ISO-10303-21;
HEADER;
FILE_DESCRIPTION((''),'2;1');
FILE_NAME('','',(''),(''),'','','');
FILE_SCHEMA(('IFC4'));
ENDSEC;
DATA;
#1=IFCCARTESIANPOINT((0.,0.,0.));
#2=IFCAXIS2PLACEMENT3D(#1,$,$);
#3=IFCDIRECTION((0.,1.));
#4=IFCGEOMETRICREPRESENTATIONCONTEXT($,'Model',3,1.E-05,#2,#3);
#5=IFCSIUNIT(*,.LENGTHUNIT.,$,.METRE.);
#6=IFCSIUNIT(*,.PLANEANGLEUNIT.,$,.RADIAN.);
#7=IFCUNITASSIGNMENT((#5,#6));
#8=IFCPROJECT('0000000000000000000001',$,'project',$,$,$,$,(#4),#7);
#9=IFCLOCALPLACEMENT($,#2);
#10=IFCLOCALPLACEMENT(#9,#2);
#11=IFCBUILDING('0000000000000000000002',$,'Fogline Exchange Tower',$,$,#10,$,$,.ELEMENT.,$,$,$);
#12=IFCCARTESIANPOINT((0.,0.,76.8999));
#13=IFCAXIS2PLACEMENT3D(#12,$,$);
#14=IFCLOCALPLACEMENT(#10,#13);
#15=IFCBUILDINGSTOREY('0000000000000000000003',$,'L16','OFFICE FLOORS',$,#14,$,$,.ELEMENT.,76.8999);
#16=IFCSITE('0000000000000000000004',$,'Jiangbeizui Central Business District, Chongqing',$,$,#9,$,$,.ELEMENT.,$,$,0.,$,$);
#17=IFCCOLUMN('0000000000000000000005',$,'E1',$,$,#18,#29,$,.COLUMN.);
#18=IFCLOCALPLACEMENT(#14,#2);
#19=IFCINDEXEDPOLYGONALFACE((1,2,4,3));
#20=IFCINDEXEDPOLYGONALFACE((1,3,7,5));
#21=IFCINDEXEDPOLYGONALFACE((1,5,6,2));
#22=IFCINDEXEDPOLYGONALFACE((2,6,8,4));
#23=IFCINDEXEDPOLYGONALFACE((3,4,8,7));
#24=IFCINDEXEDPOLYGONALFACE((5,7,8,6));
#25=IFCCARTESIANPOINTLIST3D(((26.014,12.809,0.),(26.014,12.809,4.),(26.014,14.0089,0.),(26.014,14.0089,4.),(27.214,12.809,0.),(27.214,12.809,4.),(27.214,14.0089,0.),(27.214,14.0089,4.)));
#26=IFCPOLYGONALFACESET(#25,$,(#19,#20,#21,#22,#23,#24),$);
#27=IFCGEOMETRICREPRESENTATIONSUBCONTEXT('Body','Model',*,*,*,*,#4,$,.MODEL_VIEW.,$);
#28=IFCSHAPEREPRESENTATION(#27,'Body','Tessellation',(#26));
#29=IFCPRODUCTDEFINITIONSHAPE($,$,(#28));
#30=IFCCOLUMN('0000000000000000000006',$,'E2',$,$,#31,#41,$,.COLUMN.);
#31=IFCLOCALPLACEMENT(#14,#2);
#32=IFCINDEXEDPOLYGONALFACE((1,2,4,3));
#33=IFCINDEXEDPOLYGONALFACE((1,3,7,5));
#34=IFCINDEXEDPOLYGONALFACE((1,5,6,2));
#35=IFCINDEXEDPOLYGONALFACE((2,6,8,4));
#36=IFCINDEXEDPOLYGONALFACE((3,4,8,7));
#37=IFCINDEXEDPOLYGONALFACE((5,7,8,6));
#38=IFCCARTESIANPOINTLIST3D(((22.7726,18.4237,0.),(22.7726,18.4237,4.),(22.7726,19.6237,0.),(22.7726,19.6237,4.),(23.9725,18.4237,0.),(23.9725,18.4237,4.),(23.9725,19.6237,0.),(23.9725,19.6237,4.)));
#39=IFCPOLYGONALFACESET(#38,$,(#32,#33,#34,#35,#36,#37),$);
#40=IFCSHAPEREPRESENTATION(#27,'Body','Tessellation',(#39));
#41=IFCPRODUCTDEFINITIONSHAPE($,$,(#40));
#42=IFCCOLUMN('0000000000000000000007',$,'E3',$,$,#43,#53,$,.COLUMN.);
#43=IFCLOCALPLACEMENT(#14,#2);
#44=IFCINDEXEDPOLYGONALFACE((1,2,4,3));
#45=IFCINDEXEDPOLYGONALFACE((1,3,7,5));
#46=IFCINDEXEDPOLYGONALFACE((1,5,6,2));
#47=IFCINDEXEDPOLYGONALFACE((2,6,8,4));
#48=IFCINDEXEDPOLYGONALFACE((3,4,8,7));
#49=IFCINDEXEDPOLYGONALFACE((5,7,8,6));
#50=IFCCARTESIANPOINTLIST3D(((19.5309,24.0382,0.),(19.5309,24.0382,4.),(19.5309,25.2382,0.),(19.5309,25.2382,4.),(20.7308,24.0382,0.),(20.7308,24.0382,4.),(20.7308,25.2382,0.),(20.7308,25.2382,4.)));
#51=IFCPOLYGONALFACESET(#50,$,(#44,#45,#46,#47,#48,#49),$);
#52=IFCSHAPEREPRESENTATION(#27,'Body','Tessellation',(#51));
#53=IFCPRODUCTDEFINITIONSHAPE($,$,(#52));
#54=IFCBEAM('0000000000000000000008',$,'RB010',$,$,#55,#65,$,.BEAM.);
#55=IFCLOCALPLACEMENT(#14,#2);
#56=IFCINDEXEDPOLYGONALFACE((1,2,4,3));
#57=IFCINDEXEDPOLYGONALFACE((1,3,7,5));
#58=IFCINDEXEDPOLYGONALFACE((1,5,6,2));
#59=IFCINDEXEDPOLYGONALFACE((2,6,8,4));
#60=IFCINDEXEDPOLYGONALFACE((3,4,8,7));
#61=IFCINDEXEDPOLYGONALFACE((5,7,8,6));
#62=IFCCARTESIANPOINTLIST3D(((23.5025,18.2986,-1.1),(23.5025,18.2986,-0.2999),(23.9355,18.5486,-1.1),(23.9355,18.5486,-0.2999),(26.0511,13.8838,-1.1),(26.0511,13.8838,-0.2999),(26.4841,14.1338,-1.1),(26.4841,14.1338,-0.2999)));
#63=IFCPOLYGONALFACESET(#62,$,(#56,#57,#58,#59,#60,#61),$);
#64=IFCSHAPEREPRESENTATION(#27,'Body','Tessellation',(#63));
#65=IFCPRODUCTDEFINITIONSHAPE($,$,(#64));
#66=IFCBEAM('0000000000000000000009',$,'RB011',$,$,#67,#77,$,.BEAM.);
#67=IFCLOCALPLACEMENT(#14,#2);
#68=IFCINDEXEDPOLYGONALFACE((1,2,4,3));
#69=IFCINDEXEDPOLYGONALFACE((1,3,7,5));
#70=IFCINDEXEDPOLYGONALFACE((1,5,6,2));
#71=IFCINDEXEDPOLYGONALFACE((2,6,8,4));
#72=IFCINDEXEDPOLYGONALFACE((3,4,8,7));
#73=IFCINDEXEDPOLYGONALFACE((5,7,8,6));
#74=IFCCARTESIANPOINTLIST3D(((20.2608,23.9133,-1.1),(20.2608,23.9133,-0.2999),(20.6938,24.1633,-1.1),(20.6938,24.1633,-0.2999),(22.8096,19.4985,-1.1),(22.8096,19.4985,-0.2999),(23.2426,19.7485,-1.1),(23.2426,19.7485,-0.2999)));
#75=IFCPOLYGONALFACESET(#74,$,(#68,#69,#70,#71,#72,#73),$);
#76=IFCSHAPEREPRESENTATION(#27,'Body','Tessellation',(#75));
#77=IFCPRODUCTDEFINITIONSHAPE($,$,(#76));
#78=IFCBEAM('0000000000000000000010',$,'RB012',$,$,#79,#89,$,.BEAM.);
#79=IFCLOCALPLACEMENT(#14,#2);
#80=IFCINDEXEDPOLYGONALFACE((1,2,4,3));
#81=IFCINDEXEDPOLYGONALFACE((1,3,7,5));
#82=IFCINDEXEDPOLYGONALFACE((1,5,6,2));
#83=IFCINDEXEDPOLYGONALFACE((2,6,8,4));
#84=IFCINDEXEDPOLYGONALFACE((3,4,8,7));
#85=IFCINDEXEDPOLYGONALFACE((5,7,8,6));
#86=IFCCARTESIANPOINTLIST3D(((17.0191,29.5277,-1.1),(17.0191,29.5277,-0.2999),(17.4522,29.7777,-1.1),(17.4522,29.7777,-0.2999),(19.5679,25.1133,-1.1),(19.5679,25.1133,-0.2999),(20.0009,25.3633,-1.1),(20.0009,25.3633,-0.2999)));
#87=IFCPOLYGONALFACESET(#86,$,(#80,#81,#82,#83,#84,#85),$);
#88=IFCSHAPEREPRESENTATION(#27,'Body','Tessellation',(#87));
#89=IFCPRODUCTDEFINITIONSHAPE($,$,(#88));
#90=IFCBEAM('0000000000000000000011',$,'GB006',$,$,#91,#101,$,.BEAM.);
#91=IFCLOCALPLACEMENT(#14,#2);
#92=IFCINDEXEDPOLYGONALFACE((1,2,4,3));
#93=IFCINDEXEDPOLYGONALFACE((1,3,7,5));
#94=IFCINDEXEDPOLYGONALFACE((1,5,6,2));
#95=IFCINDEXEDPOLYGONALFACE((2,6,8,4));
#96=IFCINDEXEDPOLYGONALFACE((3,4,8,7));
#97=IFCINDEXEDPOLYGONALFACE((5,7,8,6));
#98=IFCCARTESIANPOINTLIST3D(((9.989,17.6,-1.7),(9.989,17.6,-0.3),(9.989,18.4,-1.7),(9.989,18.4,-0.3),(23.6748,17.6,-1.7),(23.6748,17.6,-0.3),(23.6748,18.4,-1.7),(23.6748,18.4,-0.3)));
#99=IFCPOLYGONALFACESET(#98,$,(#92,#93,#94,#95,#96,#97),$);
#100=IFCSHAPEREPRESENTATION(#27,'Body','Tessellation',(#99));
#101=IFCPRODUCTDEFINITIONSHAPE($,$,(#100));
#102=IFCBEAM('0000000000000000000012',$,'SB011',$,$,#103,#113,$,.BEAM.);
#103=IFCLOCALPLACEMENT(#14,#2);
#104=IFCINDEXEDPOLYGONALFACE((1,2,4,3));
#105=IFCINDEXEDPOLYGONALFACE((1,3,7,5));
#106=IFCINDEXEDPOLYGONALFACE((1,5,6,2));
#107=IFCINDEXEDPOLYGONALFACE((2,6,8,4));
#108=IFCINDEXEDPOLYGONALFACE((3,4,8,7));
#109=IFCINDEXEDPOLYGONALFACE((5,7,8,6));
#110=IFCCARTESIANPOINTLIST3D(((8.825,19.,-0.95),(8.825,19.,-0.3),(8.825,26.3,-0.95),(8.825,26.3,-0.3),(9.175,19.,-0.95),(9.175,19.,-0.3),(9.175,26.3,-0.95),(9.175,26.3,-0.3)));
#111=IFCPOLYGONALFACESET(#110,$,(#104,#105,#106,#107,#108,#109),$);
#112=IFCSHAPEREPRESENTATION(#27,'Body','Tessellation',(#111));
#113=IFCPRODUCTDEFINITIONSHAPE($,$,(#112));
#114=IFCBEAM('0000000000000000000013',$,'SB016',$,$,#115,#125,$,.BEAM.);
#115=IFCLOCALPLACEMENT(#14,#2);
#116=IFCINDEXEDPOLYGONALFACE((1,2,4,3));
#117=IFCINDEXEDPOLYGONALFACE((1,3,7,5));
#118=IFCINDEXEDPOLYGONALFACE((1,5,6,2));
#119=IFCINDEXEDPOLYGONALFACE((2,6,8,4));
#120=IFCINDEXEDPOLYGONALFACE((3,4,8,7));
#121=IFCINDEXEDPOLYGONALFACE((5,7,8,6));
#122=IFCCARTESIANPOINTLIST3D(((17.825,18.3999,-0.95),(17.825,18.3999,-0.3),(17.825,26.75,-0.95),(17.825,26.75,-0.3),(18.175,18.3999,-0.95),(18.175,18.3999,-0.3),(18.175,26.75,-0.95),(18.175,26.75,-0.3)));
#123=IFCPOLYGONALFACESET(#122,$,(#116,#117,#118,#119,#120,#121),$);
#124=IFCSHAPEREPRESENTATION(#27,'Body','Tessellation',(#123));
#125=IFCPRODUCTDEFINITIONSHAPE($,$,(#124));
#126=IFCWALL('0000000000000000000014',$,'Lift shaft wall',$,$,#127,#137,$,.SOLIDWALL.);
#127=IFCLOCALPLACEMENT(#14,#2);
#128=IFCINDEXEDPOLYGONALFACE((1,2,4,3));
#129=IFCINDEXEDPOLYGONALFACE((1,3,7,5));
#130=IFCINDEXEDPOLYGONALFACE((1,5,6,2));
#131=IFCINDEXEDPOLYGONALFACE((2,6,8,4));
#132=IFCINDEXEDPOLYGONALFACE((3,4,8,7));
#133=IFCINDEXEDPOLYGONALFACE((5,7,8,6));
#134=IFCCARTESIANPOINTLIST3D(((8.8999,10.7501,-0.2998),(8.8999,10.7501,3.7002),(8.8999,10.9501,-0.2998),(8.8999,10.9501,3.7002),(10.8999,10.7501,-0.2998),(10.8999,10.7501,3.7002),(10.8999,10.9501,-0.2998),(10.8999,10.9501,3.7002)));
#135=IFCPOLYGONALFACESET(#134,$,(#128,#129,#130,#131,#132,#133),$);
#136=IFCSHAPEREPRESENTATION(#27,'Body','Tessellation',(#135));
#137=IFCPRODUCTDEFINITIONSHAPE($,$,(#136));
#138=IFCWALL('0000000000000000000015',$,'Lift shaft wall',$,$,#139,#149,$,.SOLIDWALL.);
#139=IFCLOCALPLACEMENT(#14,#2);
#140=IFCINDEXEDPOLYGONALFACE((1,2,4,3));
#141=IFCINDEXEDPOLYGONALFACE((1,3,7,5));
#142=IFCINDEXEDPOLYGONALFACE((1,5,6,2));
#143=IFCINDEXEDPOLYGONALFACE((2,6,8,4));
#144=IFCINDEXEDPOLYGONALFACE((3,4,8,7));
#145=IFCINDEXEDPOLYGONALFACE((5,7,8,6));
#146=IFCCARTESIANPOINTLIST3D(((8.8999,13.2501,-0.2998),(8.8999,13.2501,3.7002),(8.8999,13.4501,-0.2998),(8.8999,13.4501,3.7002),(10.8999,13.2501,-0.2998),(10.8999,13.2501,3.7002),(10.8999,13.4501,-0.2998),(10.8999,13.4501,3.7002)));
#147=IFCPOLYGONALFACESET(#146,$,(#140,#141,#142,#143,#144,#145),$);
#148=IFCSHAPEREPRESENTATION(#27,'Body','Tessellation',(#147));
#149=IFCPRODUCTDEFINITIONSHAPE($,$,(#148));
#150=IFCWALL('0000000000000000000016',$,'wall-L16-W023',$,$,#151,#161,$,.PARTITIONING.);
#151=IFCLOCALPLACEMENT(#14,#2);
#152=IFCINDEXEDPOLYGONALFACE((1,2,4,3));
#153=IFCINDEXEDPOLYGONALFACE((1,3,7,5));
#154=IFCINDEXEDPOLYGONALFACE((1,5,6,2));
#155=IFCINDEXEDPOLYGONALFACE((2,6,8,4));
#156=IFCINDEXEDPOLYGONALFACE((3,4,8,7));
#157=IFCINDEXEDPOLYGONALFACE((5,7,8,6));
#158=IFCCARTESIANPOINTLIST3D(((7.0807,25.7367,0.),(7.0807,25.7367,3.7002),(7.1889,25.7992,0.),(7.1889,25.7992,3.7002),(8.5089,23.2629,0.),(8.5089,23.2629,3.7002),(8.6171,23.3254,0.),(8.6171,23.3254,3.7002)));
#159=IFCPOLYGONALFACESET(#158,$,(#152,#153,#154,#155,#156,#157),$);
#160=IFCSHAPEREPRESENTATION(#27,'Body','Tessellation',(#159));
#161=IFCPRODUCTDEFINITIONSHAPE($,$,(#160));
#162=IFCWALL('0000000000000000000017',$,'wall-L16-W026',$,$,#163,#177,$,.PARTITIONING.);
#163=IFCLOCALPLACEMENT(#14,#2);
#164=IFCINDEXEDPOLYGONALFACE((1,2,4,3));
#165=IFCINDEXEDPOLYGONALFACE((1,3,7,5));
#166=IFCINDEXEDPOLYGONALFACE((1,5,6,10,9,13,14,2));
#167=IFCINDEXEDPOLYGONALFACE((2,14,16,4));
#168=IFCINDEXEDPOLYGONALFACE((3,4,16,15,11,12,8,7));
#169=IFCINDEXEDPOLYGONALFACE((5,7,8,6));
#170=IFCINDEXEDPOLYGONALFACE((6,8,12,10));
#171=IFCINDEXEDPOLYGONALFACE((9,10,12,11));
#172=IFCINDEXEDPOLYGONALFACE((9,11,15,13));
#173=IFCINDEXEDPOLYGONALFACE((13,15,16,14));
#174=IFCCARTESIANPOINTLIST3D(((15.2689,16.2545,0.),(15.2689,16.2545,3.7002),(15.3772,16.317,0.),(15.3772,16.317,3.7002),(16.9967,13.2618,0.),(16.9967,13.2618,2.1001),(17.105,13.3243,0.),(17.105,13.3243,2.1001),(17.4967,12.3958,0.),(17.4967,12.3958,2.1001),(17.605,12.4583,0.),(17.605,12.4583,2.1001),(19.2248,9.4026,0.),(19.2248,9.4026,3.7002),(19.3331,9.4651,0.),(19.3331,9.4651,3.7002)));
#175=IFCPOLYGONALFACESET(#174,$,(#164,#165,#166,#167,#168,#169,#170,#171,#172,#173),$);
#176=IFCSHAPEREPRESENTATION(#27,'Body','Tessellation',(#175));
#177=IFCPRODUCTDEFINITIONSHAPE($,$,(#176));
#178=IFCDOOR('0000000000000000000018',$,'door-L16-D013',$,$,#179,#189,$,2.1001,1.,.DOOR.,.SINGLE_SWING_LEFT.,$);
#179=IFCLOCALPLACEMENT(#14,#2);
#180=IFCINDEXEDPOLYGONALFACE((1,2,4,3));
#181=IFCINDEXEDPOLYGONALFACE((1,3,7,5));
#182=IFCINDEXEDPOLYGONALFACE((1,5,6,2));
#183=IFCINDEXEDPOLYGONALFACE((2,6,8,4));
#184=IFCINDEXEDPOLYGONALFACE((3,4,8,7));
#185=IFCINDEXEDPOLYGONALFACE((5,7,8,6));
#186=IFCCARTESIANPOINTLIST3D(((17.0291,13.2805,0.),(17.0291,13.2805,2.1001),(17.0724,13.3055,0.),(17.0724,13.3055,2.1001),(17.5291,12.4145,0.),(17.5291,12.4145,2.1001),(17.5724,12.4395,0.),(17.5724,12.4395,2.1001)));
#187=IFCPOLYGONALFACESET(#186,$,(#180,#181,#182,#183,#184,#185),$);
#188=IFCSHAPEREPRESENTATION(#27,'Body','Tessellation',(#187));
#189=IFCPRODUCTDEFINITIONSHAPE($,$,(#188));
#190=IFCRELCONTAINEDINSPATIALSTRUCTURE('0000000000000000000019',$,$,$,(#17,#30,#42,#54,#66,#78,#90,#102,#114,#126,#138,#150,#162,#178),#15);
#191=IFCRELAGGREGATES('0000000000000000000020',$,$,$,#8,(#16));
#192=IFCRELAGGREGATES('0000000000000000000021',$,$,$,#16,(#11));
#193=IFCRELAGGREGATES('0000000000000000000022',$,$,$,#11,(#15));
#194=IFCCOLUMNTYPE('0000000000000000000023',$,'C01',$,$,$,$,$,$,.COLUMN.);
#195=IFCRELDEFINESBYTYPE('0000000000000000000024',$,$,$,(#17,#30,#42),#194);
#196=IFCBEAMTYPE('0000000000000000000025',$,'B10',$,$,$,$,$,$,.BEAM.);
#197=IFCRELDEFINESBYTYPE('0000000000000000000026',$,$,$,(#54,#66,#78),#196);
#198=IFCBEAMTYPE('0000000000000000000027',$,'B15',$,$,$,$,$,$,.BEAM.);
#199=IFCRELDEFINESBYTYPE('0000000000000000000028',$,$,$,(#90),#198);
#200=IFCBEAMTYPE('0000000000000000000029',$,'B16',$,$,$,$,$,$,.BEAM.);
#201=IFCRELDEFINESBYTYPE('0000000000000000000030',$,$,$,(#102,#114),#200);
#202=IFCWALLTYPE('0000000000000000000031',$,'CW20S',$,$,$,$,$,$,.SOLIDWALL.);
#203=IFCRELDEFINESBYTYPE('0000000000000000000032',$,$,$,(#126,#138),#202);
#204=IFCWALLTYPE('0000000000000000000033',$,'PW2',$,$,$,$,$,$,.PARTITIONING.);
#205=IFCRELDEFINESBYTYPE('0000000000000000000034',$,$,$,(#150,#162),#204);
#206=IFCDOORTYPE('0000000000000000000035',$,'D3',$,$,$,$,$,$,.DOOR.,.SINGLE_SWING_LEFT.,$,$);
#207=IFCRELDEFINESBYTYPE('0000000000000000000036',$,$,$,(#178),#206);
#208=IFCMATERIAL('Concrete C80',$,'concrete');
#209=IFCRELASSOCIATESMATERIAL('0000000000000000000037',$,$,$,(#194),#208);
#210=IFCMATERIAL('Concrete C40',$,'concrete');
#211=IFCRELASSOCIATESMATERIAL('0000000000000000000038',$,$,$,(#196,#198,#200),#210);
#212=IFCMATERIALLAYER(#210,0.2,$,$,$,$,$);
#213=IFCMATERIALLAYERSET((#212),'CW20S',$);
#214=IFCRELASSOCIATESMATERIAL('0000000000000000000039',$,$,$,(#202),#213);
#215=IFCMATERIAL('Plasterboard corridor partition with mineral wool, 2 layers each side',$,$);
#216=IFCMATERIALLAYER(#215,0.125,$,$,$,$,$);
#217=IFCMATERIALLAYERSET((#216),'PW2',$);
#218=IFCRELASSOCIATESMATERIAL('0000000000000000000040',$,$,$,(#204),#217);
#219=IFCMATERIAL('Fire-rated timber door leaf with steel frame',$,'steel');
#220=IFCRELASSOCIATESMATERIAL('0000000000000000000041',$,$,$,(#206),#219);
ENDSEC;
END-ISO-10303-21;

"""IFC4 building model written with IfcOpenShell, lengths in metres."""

from ifc_helpers import new_model, si_unit, direction, frame, frame_2d, origin, origin_2d, place, context, subcontext, project, spatial, rectangle, extrude, material, layer, layer_set, material_profile, profile_set, type_object, element, fill, save


model = new_model("IFC4")

# Units and contexts
model_context = context("Model", 3, precision=1e-05, world=origin(), true_north=direction((0.0, 1.0)))
body_context = subcontext(model_context, "Body", "Model", "MODEL_VIEW")
ifc_project = project(units=[si_unit("LENGTHUNIT", "METRE"), si_unit("PLANEANGLEUNIT", "RADIAN")], contexts=[model_context])

# Site, building, storey
site_placement = place(None, origin())
site = spatial("IfcSite", under=ifc_project, at=site_placement, Name="Jiangbeizui Central Business District, Chongqing", CompositionType="ELEMENT", RefElevation=0.0)
building_placement = place(site_placement, origin())
building = spatial("IfcBuilding", under=site, at=building_placement, Name="Fogline Exchange Tower", CompositionType="ELEMENT")
storey_placement = place(building_placement, frame((0.0, 0.0, 76.8999)))
storey = spatial("IfcBuildingStorey", under=building, at=storey_placement, Name="L16", Description="OFFICE FLOORS", CompositionType="ELEMENT", Elevation=76.8999)

# Columns
ifc_material_1 = material(Name="Concrete C80", Category="concrete")
ifc_material_profile_1 = material_profile(ifc_material_1, rectangle(XDim=1.2, YDim=1.2, at=origin_2d()), Name="RC 1200x1200")
ifc_profile_set_1 = profile_set([ifc_material_profile_1], Name="Concrete C80")
column_type = type_object("IfcColumnType", Name="C01", PredefinedType="COLUMN", material=ifc_profile_set_1)
for number, where, z_axis, x_axis, name in (
    (1, (26.614, 13.4089, 0.0), (0.0, 0.0, 1.0), (1.0, 0.0, 0.0), "E1"),
    (2, (23.3726, 19.0237, 0.0), (0.0, 0.0, 1.0), (1.0, 0.0, 0.0), "E2"),
    (3, (20.1309, 24.6382, 0.0), (0.0, 0.0, 1.0), (1.0, 0.0, 0.0), "E3"),
):
    element("IfcColumn", number, at=place(storey_placement, frame(where, z_axis=z_axis, x_axis=x_axis)), inside=storey, type_object=column_type, Name=name, PredefinedType="COLUMN", context=body_context, shape_type="SweptSolid", body=[
        extrude(rectangle(XDim=1.2, YDim=1.2, at=origin_2d()), origin(), (0.0, 0.0, 1.0), 4.0),
    ])

# Beams
ifc_material_2 = material(Name="Concrete C40", Category="concrete")
ifc_material_profile_2 = material_profile(ifc_material_2, rectangle(XDim=0.5, YDim=0.8, at=origin_2d()), Name="RC 500x800")
ifc_profile_set_2 = profile_set([ifc_material_profile_2], Name="Concrete C40")
beam_type_1 = type_object("IfcBeamType", Name="B10", PredefinedType="BEAM", material=ifc_profile_set_2)
for number, where, z_axis, x_axis, name in (
    (4, (26.2676, 14.0088, -0.7), (-0.499956, 0.866051, 0.0), (-0.866051, -0.499956, 0.0), "RB010"),
    (5, (23.0261, 19.6235, -0.7), (-0.499992, 0.86603, 0.0), (-0.86603, -0.499992, 0.0), "RB011"),
):
    element("IfcBeam", number, at=place(storey_placement, frame(where, z_axis=z_axis, x_axis=x_axis)), inside=storey, type_object=beam_type_1, Name=name, PredefinedType="BEAM", context=body_context, shape_type="SweptSolid", body=[
        extrude(rectangle(XDim=0.5, YDim=0.8, at=origin_2d()), origin(), (0.0, 0.0, 1.0), 5.0977),
    ])
beam_1_placement = place(storey_placement, frame((19.7844, 25.2383, -0.7), z_axis=(-0.500013, 0.866018, 0.0), x_axis=(-0.866018, -0.500013, 0.0)))
element("IfcBeam", 6, at=beam_1_placement, inside=storey, type_object=beam_type_1, Name="RB012", PredefinedType="BEAM", context=body_context, shape_type="SweptSolid", body=[
    extrude(rectangle(XDim=0.5, YDim=0.8, at=origin_2d()), origin(), (0.0, 0.0, 1.0), 5.0974),
])
ifc_material_profile_3 = material_profile(ifc_material_2, rectangle(XDim=0.8, YDim=1.3999, at=origin_2d()), Name="RC 800x1400")
ifc_profile_set_3 = profile_set([ifc_material_profile_3], Name="Concrete C40")
beam_type_2 = type_object("IfcBeamType", Name="B15", PredefinedType="BEAM", material=ifc_profile_set_3)
beam_2_placement = place(storey_placement, frame((9.989, 18.0, -1.0), z_axis=(1.0, 0.0, 0.0), x_axis=(0.0, 1.0, 0.0)))
element("IfcBeam", 7, at=beam_2_placement, inside=storey, type_object=beam_type_2, Name="GB006", PredefinedType="BEAM", context=body_context, shape_type="SweptSolid", body=[
    extrude(rectangle(XDim=0.8, YDim=1.3999, at=origin_2d()), origin(), (0.0, 0.0, 1.0), 13.6858),
])
ifc_material_profile_4 = material_profile(ifc_material_2, rectangle(XDim=0.3501, YDim=0.6499, at=origin_2d()), Name="RC 350x650")
ifc_profile_set_4 = profile_set([ifc_material_profile_4], Name="Concrete C40")
beam_type_3 = type_object("IfcBeamType", Name="B16", PredefinedType="BEAM", material=ifc_profile_set_4)
beam_3_placement = place(storey_placement, frame((9.0, 19.0, -0.625), z_axis=(0.0, 1.0, 0.0), x_axis=(-1.0, 0.0, 0.0)))
element("IfcBeam", 8, at=beam_3_placement, inside=storey, type_object=beam_type_3, Name="SB011", PredefinedType="BEAM", context=body_context, shape_type="SweptSolid", body=[
    extrude(rectangle(XDim=0.3501, YDim=0.6499, at=origin_2d()), origin(), (0.0, 0.0, 1.0), 7.3),
])
beam_4_placement = place(storey_placement, frame((18.0, 18.3999, -0.625), z_axis=(0.0, 1.0, 0.0), x_axis=(-1.0, 0.0, 0.0)))
element("IfcBeam", 9, at=beam_4_placement, inside=storey, type_object=beam_type_3, Name="SB016", PredefinedType="BEAM", context=body_context, shape_type="SweptSolid", body=[
    extrude(rectangle(XDim=0.3501, YDim=0.6499, at=origin_2d()), origin(), (0.0, 0.0, 1.0), 8.3501),
])

# Walls
ifc_layer_1 = layer(ifc_material_2, 0.2)
ifc_layer_set_1 = layer_set([ifc_layer_1], Name="CW20S")
wall_type_1 = type_object("IfcWallType", Name="CW20S", PredefinedType="SOLIDWALL", material=ifc_layer_set_1)
for number, where, z_axis, x_axis, name in (
    (10, (8.8999, 10.8501, -0.2998), (0.0, 0.0, 1.0), (1.0, 0.0, 0.0), "Lift shaft wall"),
    (11, (8.8999, 13.3501, -0.2998), (0.0, 0.0, 1.0), (1.0, 0.0, 0.0), "Lift shaft wall"),
):
    element("IfcWall", number, at=place(storey_placement, frame(where, z_axis=z_axis, x_axis=x_axis)), inside=storey, type_object=wall_type_1, Name=name, PredefinedType="SOLIDWALL", context=body_context, shape_type="SweptSolid", body=[
        extrude(rectangle(XDim=2.0, YDim=0.2, at=frame_2d((1.0, 0.0))), origin(), (0.0, 0.0, 1.0), 4.0),
    ])
ifc_material_3 = material(Name="Plasterboard corridor partition with mineral wool, 2 layers each side")
ifc_layer_2 = layer(ifc_material_3, 0.125)
ifc_layer_set_2 = layer_set([ifc_layer_2], Name="PW2")
wall_type_2 = type_object("IfcWallType", Name="PW2", PredefinedType="PARTITIONING", material=ifc_layer_set_2)
wall_1_placement = place(storey_placement, frame((8.563, 23.2942, 0.0), z_axis=(0.0, 0.0, 1.0), x_axis=(-0.499981, 0.866036, 0.0)))
element("IfcWall", 12, at=wall_1_placement, inside=storey, type_object=wall_type_2, Name="wall-L16-W023", PredefinedType="PARTITIONING", context=body_context, shape_type="SweptSolid", body=[
    extrude(rectangle(XDim=2.8564, YDim=0.125, at=frame_2d((1.4282, 0.0))), origin(), (0.0, 0.0, 1.0), 3.7002),
])

# Wall, opening, door
wall_2_placement = place(storey_placement, frame((15.323, 16.2859, 0.0), z_axis=(0.0, 0.0, 1.0), x_axis=(0.499992, -0.86603, 0.0)))
wall_2 = element("IfcWall", 13, at=wall_2_placement, inside=storey, type_object=wall_type_2, Name="wall-L16-W026", PredefinedType="PARTITIONING", context=body_context, shape_type="SweptSolid", body=[
    extrude(rectangle(XDim=7.9119, YDim=0.125, at=frame_2d((3.9561, 0.0))), origin(), (0.0, 0.0, 1.0), 3.7002),
])
opening_1_placement = place(wall_2_placement, frame((3.4558, 0.0, 0.0)))
opening_1 = element("IfcOpeningElement", 14, at=opening_1_placement, cuts=wall_2, PredefinedType="OPENING", context=body_context, shape_type="SweptSolid", body=[
    extrude(rectangle(XDim=1.0, YDim=2.1001, at=frame_2d((0.5, 1.05))), frame((0.0, 0.0725, 0.0), z_axis=(0.0, -1.0, 0.0), x_axis=(1.0, 0.0, 0.0)), (0.0, 0.0, 1.0), 0.145),
])
ifc_material_4 = material(Name="Fire-rated timber door leaf with steel frame", Category="steel")
door_type_1 = type_object("IfcDoorType", Name="D3", OperationType="SINGLE_SWING_LEFT", PredefinedType="DOOR", material=ifc_material_4)
door_1_placement = place(opening_1_placement, origin())
door_1 = element("IfcDoor", 15, at=door_1_placement, inside=storey, type_object=door_type_1, Name="door-L16-D013", OperationType="SINGLE_SWING_LEFT", OverallHeight=2.1001, OverallWidth=1.0, PredefinedType="DOOR", context=body_context, shape_type="SweptSolid", body=[
    extrude(rectangle(XDim=1.0, YDim=2.1001, at=frame_2d((0.5, 1.05))), frame((0.0, 0.0249, 0.0), z_axis=(0.0, -1.0, 0.0), x_axis=(1.0, 0.0, 0.0)), (0.0, 0.0, 1.0), 0.05),
])
fill(opening_1, door_1)

save(model, "model.ifc")
